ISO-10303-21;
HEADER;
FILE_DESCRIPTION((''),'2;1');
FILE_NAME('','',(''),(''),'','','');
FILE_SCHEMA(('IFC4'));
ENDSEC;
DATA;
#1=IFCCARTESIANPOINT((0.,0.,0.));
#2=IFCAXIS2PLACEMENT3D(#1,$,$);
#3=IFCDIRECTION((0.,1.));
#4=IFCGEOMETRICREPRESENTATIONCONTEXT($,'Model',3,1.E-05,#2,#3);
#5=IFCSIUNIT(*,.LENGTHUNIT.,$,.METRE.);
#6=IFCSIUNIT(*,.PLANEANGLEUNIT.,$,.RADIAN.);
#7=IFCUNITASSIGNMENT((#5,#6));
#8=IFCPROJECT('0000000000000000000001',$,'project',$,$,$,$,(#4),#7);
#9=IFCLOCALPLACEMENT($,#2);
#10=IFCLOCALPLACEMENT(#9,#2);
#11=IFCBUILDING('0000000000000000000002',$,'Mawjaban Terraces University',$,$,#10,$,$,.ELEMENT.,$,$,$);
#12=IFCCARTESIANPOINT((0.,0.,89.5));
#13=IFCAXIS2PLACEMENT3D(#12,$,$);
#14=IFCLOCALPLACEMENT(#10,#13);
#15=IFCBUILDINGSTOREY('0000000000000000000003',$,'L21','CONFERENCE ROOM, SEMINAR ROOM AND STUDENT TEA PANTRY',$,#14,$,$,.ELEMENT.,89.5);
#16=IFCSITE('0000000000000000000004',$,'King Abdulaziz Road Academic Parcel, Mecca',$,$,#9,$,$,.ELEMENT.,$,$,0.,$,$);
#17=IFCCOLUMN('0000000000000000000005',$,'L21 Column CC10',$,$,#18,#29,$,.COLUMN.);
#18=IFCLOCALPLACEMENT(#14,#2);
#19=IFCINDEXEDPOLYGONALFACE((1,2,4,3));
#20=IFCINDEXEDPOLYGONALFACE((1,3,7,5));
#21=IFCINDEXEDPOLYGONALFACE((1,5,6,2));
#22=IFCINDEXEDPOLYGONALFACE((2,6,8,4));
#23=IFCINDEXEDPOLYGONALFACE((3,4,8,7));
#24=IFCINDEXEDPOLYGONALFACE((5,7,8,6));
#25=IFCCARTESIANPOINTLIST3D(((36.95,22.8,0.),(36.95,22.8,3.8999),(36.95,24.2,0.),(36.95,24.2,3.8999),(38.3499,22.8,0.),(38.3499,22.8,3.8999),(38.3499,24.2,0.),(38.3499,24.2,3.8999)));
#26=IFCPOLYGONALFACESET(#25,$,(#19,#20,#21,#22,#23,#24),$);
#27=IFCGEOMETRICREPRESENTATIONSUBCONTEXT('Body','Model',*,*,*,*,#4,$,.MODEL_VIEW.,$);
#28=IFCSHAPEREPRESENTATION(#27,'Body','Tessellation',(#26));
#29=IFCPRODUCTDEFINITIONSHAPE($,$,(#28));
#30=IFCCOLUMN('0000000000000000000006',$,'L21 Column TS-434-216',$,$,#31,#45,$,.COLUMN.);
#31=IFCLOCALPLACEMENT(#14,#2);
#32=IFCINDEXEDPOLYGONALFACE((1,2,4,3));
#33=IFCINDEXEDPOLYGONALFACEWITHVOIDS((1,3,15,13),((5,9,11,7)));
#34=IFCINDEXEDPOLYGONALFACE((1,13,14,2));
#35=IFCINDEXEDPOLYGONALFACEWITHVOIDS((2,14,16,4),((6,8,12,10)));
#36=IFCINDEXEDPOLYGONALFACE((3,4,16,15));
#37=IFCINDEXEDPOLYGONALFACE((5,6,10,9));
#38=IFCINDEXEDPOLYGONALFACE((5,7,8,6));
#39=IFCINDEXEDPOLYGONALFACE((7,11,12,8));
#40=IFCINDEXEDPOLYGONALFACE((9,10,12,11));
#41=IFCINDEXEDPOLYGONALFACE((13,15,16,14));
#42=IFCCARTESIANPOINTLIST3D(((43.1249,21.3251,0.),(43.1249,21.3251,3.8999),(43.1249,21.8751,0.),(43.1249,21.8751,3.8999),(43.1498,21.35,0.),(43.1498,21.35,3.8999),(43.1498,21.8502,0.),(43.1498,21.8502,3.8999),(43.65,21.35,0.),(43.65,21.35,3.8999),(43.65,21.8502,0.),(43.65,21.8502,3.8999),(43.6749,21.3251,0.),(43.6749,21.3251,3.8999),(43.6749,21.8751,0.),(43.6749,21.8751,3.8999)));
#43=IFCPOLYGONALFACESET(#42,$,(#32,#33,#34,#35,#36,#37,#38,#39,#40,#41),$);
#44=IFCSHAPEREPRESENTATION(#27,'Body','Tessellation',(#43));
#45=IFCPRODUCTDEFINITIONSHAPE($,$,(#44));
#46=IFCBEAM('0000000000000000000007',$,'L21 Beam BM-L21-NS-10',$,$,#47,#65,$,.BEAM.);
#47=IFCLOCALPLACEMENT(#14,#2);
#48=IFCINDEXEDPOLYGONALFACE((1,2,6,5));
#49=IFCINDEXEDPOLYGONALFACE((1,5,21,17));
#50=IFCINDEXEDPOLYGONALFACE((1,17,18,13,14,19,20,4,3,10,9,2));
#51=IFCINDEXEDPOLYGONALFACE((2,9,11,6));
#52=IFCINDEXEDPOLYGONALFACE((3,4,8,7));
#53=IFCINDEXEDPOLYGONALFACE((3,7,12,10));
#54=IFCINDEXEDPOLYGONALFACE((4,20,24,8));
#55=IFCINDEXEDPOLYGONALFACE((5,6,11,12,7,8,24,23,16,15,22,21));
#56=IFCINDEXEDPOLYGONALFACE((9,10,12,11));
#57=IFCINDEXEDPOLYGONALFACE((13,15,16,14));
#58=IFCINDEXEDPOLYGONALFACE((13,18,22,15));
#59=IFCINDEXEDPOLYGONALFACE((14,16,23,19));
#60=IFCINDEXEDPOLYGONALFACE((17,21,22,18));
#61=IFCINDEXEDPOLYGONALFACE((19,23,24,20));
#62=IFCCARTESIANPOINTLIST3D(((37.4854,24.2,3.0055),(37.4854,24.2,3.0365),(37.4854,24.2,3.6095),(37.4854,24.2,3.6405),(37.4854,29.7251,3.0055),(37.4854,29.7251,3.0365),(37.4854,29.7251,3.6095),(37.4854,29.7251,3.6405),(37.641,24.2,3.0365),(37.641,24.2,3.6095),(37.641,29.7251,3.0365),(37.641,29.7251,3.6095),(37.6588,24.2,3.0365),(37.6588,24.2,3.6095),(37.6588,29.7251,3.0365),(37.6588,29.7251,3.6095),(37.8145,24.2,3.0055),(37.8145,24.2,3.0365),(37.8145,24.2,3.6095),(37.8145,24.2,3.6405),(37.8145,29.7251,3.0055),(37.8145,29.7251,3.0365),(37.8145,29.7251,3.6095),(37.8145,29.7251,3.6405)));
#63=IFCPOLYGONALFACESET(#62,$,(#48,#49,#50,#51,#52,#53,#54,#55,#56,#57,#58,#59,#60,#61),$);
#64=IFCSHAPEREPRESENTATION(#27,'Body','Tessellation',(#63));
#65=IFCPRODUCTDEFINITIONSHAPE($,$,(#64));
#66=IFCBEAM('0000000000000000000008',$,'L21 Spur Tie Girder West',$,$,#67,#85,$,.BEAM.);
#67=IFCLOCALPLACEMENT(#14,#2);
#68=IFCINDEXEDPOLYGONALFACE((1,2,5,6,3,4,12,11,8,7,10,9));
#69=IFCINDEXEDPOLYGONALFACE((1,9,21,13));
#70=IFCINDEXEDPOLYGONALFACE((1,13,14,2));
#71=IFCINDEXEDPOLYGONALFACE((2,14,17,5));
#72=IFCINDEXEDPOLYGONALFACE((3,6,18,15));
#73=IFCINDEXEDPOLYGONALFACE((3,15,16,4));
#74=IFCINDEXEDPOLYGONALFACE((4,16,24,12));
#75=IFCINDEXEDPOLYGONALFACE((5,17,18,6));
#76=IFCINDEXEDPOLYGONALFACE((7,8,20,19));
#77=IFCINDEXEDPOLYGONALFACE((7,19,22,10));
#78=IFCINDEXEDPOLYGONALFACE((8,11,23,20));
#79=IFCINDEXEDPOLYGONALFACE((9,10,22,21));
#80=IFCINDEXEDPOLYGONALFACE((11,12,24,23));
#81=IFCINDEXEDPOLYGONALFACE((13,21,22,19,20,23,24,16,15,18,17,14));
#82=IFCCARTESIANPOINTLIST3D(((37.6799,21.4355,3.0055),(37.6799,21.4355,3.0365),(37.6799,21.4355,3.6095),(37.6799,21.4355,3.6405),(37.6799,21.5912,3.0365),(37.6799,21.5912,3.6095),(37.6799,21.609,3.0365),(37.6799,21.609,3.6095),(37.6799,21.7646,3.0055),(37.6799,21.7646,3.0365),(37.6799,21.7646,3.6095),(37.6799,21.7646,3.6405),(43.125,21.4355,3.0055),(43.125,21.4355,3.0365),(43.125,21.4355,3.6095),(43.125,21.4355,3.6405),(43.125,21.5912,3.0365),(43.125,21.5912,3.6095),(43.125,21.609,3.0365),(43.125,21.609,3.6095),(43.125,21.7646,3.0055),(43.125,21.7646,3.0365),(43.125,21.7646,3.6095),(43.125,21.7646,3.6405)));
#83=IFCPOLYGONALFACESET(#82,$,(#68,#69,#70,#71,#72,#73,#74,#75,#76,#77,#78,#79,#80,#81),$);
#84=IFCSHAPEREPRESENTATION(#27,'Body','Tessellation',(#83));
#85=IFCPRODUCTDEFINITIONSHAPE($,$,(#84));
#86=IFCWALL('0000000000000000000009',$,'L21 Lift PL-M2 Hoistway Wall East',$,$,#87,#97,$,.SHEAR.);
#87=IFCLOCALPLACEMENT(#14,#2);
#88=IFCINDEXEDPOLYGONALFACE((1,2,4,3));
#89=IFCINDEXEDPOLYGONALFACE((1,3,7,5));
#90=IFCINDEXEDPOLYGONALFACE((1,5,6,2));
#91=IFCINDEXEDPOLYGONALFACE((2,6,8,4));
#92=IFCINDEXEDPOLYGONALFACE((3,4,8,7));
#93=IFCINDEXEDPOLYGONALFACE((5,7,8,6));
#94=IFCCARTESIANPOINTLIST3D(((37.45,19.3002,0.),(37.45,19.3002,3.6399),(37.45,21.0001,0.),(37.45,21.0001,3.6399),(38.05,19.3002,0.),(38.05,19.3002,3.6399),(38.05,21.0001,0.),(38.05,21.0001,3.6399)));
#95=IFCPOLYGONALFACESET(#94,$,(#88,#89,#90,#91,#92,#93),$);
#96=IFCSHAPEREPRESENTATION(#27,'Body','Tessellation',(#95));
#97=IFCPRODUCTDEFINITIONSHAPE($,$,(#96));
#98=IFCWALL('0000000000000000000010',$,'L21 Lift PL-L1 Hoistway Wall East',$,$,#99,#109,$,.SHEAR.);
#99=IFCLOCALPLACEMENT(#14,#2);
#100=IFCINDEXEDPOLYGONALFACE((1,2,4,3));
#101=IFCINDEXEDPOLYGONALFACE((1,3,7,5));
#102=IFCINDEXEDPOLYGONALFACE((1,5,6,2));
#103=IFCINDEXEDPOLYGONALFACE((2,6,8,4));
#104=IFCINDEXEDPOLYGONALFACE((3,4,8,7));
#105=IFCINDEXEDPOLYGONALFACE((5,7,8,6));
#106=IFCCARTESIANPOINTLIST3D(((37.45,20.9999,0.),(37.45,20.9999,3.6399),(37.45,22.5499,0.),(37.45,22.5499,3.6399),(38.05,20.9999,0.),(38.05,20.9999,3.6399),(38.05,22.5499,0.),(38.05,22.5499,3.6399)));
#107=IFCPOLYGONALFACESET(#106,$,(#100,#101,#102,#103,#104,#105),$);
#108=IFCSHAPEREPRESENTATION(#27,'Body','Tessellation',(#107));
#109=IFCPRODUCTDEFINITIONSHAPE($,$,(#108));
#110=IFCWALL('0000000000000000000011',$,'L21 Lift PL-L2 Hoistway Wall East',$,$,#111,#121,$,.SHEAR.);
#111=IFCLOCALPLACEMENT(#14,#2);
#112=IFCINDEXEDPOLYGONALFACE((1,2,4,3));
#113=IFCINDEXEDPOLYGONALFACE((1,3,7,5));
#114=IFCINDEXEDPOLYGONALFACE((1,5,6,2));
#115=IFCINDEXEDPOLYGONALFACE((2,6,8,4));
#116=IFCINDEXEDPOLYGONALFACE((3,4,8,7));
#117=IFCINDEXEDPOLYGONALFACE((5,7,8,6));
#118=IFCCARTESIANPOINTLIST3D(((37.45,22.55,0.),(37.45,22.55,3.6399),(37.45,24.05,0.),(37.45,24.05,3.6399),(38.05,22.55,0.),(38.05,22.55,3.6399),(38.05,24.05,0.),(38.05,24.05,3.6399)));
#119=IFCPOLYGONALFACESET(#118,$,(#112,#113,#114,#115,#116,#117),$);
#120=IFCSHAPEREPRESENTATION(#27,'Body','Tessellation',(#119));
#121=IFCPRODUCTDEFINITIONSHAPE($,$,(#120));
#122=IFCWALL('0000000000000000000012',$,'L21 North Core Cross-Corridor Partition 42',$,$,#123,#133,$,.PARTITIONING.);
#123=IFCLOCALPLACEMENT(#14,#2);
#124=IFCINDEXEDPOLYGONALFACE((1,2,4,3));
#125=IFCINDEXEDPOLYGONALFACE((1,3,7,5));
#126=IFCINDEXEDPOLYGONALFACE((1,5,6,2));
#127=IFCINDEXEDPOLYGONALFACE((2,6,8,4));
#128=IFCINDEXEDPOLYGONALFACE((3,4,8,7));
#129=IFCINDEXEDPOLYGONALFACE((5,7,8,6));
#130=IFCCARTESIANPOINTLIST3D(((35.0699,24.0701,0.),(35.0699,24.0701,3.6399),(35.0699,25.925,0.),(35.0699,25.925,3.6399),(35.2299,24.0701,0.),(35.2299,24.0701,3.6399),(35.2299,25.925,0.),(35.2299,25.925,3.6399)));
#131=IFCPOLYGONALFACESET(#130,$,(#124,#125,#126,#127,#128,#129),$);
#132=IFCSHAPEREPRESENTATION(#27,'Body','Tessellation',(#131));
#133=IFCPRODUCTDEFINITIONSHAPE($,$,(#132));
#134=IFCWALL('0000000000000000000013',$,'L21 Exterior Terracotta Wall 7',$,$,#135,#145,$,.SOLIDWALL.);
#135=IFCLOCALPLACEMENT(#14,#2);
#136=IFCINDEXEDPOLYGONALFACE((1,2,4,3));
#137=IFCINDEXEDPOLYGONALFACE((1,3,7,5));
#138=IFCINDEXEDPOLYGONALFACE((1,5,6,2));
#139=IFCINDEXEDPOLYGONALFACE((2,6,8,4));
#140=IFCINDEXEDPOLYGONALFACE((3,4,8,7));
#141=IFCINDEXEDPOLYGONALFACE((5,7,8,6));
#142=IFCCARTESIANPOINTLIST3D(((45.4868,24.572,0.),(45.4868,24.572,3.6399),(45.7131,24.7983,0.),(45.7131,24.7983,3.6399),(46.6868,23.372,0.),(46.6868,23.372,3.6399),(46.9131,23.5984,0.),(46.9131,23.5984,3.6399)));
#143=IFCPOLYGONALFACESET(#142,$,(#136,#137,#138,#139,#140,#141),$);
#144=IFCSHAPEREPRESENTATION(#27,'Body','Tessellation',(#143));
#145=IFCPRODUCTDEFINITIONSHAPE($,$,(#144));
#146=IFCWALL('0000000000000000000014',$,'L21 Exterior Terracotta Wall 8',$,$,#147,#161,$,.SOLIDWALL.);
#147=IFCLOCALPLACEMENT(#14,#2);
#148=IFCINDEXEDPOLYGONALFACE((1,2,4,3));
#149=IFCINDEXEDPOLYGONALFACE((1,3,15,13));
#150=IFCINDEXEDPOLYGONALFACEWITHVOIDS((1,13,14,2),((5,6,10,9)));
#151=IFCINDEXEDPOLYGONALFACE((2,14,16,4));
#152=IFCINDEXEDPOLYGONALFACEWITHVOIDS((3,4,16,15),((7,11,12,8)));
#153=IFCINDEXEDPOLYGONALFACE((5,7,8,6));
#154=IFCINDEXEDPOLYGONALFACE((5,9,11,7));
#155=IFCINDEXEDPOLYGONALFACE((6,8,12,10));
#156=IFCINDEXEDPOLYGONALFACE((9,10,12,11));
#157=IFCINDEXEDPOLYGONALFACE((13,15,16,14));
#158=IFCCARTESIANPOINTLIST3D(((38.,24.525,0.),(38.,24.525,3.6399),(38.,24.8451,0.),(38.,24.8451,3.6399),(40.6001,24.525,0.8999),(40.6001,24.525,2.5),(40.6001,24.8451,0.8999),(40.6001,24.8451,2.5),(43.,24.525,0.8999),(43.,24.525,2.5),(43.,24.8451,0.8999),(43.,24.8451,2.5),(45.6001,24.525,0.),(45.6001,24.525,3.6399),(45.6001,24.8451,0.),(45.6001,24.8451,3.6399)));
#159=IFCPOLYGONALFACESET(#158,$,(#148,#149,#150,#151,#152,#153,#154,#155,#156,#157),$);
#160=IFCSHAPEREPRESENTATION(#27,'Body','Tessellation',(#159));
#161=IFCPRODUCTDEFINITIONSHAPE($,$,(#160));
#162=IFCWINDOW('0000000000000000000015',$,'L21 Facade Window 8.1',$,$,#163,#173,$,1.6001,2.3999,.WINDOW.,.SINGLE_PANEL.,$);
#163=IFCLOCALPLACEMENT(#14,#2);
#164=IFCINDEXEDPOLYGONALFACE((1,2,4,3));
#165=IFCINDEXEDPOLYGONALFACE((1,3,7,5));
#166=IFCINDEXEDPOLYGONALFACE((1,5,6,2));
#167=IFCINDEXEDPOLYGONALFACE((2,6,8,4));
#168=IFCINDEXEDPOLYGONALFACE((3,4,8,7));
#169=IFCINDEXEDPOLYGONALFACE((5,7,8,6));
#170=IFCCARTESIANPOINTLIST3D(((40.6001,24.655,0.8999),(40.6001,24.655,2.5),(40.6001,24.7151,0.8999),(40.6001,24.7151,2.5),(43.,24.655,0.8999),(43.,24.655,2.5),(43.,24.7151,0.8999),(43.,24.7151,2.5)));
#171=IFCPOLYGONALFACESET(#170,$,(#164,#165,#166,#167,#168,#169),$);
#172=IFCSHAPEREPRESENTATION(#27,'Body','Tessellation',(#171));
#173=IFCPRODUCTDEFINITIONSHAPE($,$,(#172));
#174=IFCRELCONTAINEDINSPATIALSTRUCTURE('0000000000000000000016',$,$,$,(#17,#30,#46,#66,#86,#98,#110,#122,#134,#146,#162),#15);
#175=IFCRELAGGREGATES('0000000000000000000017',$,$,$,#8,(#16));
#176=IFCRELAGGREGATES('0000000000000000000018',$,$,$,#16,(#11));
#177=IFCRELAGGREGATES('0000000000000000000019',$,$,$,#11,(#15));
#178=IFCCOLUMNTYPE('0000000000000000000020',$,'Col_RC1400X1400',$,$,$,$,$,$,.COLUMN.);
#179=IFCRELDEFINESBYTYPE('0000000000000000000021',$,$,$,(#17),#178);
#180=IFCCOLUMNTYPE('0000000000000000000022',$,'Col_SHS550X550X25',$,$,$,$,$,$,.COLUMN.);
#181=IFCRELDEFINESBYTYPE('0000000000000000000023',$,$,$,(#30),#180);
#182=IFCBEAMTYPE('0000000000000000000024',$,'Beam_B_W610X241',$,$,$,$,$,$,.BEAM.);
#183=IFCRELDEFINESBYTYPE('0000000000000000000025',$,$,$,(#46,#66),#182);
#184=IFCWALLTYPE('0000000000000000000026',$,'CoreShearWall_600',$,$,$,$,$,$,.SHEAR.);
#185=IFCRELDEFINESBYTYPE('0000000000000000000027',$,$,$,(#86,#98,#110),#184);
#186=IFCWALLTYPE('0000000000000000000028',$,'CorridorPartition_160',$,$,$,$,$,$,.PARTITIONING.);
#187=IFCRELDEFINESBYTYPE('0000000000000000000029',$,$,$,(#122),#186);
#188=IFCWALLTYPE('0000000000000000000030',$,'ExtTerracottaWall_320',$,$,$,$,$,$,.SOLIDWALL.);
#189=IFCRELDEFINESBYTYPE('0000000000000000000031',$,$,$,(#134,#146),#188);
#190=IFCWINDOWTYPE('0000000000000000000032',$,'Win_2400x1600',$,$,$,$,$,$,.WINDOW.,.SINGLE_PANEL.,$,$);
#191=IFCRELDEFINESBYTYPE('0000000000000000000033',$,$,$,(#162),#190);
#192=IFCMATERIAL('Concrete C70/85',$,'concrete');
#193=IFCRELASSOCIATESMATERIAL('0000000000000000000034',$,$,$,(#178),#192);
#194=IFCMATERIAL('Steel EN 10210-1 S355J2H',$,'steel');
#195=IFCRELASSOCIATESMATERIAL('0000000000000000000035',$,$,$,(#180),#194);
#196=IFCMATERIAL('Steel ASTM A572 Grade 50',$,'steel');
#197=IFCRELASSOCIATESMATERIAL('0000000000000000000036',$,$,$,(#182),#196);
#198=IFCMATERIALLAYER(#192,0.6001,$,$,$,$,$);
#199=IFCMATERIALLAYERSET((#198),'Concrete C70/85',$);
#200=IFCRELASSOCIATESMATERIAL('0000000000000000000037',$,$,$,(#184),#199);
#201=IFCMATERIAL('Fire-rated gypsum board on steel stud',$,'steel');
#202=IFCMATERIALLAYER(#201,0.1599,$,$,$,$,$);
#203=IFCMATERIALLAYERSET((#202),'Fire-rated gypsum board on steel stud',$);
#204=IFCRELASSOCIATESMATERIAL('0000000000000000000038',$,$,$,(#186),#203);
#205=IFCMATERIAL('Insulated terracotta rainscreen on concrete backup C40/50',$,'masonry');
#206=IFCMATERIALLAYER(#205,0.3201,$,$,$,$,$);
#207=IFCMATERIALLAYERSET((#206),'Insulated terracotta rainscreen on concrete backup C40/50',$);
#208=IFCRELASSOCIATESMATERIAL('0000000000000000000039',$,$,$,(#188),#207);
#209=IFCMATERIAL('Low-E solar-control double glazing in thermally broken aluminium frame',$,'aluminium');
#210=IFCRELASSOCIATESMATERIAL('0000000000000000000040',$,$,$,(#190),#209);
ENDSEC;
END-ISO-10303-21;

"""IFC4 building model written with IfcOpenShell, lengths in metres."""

from ifc_helpers import new_model, si_unit, direction, frame, frame_2d, origin, origin_2d, place, context, subcontext, project, spatial, rectangle, hollow_rectangle, i_section, extrude, material, layer, layer_set, material_profile, profile_set, type_object, element, fill, save


model = new_model("IFC4")

# Units and contexts
model_context = context("Model", 3, precision=1e-05, world=origin(), true_north=direction((0.0, 1.0)))
body_context = subcontext(model_context, "Body", "Model", "MODEL_VIEW")
ifc_project = project(units=[si_unit("LENGTHUNIT", "METRE"), si_unit("PLANEANGLEUNIT", "RADIAN")], contexts=[model_context])

# Site, building, storey
site_placement = place(None, origin())
site = spatial("IfcSite", under=ifc_project, at=site_placement, Name="King Abdulaziz Road Academic Parcel, Mecca", CompositionType="ELEMENT", RefElevation=0.0)
building_placement = place(site_placement, origin())
building = spatial("IfcBuilding", under=site, at=building_placement, Name="Mawjaban Terraces University", CompositionType="ELEMENT")
storey_placement = place(building_placement, frame((0.0, 0.0, 89.5)))
storey = spatial("IfcBuildingStorey", under=building, at=storey_placement, Name="L21", Description="CONFERENCE ROOM, SEMINAR ROOM AND STUDENT TEA PANTRY", CompositionType="ELEMENT", Elevation=89.5)

# Columns
ifc_material_1 = material(Name="Concrete C70/85", Category="concrete")
ifc_material_profile_1 = material_profile(ifc_material_1, rectangle(XDim=1.3999, YDim=1.3999, at=origin_2d()), Name="RC1400X1400")
ifc_profile_set_1 = profile_set([ifc_material_profile_1], Name="Concrete C70/85")
column_type_1 = type_object("IfcColumnType", Name="Col_RC1400X1400", PredefinedType="COLUMN", material=ifc_profile_set_1)
column_1_placement = place(storey_placement, frame((37.6499, 23.5, 0.0), z_axis=(0.0, 0.0, 1.0), x_axis=(1.0, 0.0, 0.0)))
element("IfcColumn", 1, at=column_1_placement, inside=storey, type_object=column_type_1, Name="L21 Column CC10", PredefinedType="COLUMN", context=body_context, shape_type="SweptSolid", body=[
    extrude(rectangle(XDim=1.3999, YDim=1.3999, at=origin_2d()), origin(), (0.0, 0.0, 1.0), 3.8999),
])
ifc_material_2 = material(Name="Steel EN 10210-1 S355J2H", Category="steel")
ifc_material_profile_2 = material_profile(ifc_material_2, hollow_rectangle(XDim=0.55, YDim=0.55, WallThickness=0.0249, at=origin_2d()), Name="SHS550X550X25")
ifc_profile_set_2 = profile_set([ifc_material_profile_2], Name="Steel EN 10210-1 S355J2H")
column_type_2 = type_object("IfcColumnType", Name="Col_SHS550X550X25", PredefinedType="COLUMN", material=ifc_profile_set_2)
column_2_placement = place(storey_placement, frame((43.3999, 21.6001, 0.0), z_axis=(0.0, 0.0, 1.0), x_axis=(1.0, 0.0, 0.0)))
element("IfcColumn", 2, at=column_2_placement, inside=storey, type_object=column_type_2, Name="L21 Column TS-434-216", PredefinedType="COLUMN", context=body_context, shape_type="SweptSolid", body=[
    extrude(hollow_rectangle(XDim=0.55, YDim=0.55, WallThickness=0.0249, at=origin_2d()), origin(), (0.0, 0.0, 1.0), 3.8999),
])

# Beams
ifc_material_3 = material(Name="Steel ASTM A572 Grade 50", Category="steel")
ifc_material_profile_3 = material_profile(ifc_material_3, i_section(OverallWidth=0.3291, OverallDepth=0.635, WebThickness=0.0178, FlangeThickness=0.031, at=origin_2d()), Name="W610X241")
ifc_profile_set_3 = profile_set([ifc_material_profile_3], Name="Steel ASTM A572 Grade 50")
beam_type = type_object("IfcBeamType", Name="Beam_B_W610X241", PredefinedType="BEAM", material=ifc_profile_set_3)
beam_1_placement = place(storey_placement, frame((37.6499, 24.2, 3.323), z_axis=(0.0, 1.0, 0.0), x_axis=(-1.0, 0.0, 0.0)))
element("IfcBeam", 3, at=beam_1_placement, inside=storey, type_object=beam_type, Name="L21 Beam BM-L21-NS-10", PredefinedType="BEAM", context=body_context, shape_type="SweptSolid", body=[
    extrude(i_section(OverallWidth=0.3291, OverallDepth=0.635, WebThickness=0.0178, FlangeThickness=0.031, at=origin_2d()), origin(), (0.0, 0.0, 1.0), 5.5251),
])
beam_2_placement = place(storey_placement, frame((37.6799, 21.6001, 3.323), z_axis=(1.0, 0.0, 0.0), x_axis=(0.0, 1.0, 0.0)))
element("IfcBeam", 4, at=beam_2_placement, inside=storey, type_object=beam_type, Name="L21 Spur Tie Girder West", PredefinedType="BEAM", context=body_context, shape_type="SweptSolid", body=[
    extrude(i_section(OverallWidth=0.3291, OverallDepth=0.635, WebThickness=0.0178, FlangeThickness=0.031, at=origin_2d()), origin(), (0.0, 0.0, 1.0), 5.4451),
])

# Walls
ifc_layer_1 = layer(ifc_material_1, 0.6001)
ifc_layer_set_1 = layer_set([ifc_layer_1], Name="Concrete C70/85")
wall_type_1 = type_object("IfcWallType", Name="CoreShearWall_600", PredefinedType="SHEAR", material=ifc_layer_set_1)
wall_1_placement = place(storey_placement, frame((37.75, 19.3, 0.0), z_axis=(0.0, 0.0, 1.0), x_axis=(0.0, 1.0, 0.0)))
element("IfcWall", 5, at=wall_1_placement, inside=storey, type_object=wall_type_1, Name="L21 Lift PL-M2 Hoistway Wall East", PredefinedType="SHEAR", context=body_context, shape_type="SweptSolid", body=[
    extrude(rectangle(XDim=1.7, YDim=0.6001, at=frame_2d((0.8501, 0.0))), origin(), (0.0, 0.0, 1.0), 3.6399),
])
wall_2_placement = place(storey_placement, frame((37.75, 21.0, 0.0), z_axis=(0.0, 0.0, 1.0), x_axis=(0.0, 1.0, 0.0)))
element("IfcWall", 6, at=wall_2_placement, inside=storey, type_object=wall_type_1, Name="L21 Lift PL-L1 Hoistway Wall East", PredefinedType="SHEAR", context=body_context, shape_type="SweptSolid", body=[
    extrude(rectangle(XDim=1.55, YDim=0.6001, at=frame_2d((0.7749, 0.0))), origin(), (0.0, 0.0, 1.0), 3.6399),
])
wall_3_placement = place(storey_placement, frame((37.75, 22.55, 0.0), z_axis=(0.0, 0.0, 1.0), x_axis=(0.0, 1.0, 0.0)))
element("IfcWall", 7, at=wall_3_placement, inside=storey, type_object=wall_type_1, Name="L21 Lift PL-L2 Hoistway Wall East", PredefinedType="SHEAR", context=body_context, shape_type="SweptSolid", body=[
    extrude(rectangle(XDim=1.5, YDim=0.6001, at=frame_2d((0.75, 0.0))), origin(), (0.0, 0.0, 1.0), 3.6399),
])
ifc_material_4 = material(Name="Fire-rated gypsum board on steel stud", Category="steel")
ifc_layer_2 = layer(ifc_material_4, 0.1599)
ifc_layer_set_2 = layer_set([ifc_layer_2], Name="Fire-rated gypsum board on steel stud")
wall_type_2 = type_object("IfcWallType", Name="CorridorPartition_160", PredefinedType="PARTITIONING", material=ifc_layer_set_2)
wall_4_placement = place(storey_placement, frame((35.1499, 24.0701, 0.0), z_axis=(0.0, 0.0, 1.0), x_axis=(0.0, 1.0, 0.0)))
element("IfcWall", 8, at=wall_4_placement, inside=storey, type_object=wall_type_2, Name="L21 North Core Cross-Corridor Partition 42", PredefinedType="PARTITIONING", context=body_context, shape_type="SweptSolid", body=[
    extrude(rectangle(XDim=1.855, YDim=0.1599, at=frame_2d((0.9275, 0.0))), origin(), (0.0, 0.0, 1.0), 3.6399),
])
ifc_material_5 = material(Name="Insulated terracotta rainscreen on concrete backup C40/50", Category="masonry")
ifc_layer_3 = layer(ifc_material_5, 0.3201)
ifc_layer_set_3 = layer_set([ifc_layer_3], Name="Insulated terracotta rainscreen on concrete backup C40/50")
wall_type_3 = type_object("IfcWallType", Name="ExtTerracottaWall_320", PredefinedType="SOLIDWALL", material=ifc_layer_set_3)
wall_5_placement = place(storey_placement, frame((46.8, 23.4851, 0.0), z_axis=(0.0, 0.0, 1.0), x_axis=(-0.707107, 0.707107, 0.0)))
element("IfcWall", 9, at=wall_5_placement, inside=storey, type_object=wall_type_3, Name="L21 Exterior Terracotta Wall 7", PredefinedType="SOLIDWALL", context=body_context, shape_type="SweptSolid", body=[
    extrude(rectangle(XDim=1.697, YDim=0.3201, at=frame_2d((0.8486, 0.0))), origin(), (0.0, 0.0, 1.0), 3.6399),
])

# Wall, opening, window
wall_6_placement = place(storey_placement, frame((45.6001, 24.6851, 0.0), z_axis=(0.0, 0.0, 1.0), x_axis=(-1.0, 0.0, 0.0)))
wall_6 = element("IfcWall", 10, at=wall_6_placement, inside=storey, type_object=wall_type_3, Name="L21 Exterior Terracotta Wall 8", PredefinedType="SOLIDWALL", context=body_context, shape_type="SweptSolid", body=[
    extrude(rectangle(XDim=7.6001, YDim=0.3201, at=frame_2d((3.8, 0.0))), origin(), (0.0, 0.0, 1.0), 3.6399),
])
opening_1_placement = place(wall_6_placement, frame((2.6001, 0.0, 0.8999)))
opening_1 = element("IfcOpeningElement", 11, at=opening_1_placement, cuts=wall_6, PredefinedType="OPENING", context=body_context, shape_type="SweptSolid", body=[
    extrude(rectangle(XDim=2.3999, YDim=1.6001, at=frame_2d((1.2, 0.8))), frame((0.0, 0.1699, 0.0), z_axis=(0.0, -1.0, 0.0), x_axis=(1.0, 0.0, 0.0)), (0.0, 0.0, 1.0), 0.3401),
])
ifc_material_6 = material(Name="Low-E solar-control double glazing in thermally broken aluminium frame", Category="aluminium")
window_type_1 = type_object("IfcWindowType", Name="Win_2400x1600", PartitioningType="SINGLE_PANEL", PredefinedType="WINDOW", material=ifc_material_6)
window_1_placement = place(opening_1_placement, origin())
window_1 = element("IfcWindow", 12, at=window_1_placement, inside=storey, type_object=window_type_1, Name="L21 Facade Window 8.1", OverallHeight=1.6001, OverallWidth=2.3999, PartitioningType="SINGLE_PANEL", PredefinedType="WINDOW", context=body_context, shape_type="SweptSolid", body=[
    extrude(rectangle(XDim=2.3999, YDim=1.6001, at=frame_2d((1.2, 0.8))), frame((0.0, 0.03, 0.0), z_axis=(0.0, -1.0, 0.0), x_axis=(1.0, 0.0, 0.0)), (0.0, 0.0, 1.0), 0.0601),
])
fill(opening_1, window_1)

save(model, "model.ifc")
